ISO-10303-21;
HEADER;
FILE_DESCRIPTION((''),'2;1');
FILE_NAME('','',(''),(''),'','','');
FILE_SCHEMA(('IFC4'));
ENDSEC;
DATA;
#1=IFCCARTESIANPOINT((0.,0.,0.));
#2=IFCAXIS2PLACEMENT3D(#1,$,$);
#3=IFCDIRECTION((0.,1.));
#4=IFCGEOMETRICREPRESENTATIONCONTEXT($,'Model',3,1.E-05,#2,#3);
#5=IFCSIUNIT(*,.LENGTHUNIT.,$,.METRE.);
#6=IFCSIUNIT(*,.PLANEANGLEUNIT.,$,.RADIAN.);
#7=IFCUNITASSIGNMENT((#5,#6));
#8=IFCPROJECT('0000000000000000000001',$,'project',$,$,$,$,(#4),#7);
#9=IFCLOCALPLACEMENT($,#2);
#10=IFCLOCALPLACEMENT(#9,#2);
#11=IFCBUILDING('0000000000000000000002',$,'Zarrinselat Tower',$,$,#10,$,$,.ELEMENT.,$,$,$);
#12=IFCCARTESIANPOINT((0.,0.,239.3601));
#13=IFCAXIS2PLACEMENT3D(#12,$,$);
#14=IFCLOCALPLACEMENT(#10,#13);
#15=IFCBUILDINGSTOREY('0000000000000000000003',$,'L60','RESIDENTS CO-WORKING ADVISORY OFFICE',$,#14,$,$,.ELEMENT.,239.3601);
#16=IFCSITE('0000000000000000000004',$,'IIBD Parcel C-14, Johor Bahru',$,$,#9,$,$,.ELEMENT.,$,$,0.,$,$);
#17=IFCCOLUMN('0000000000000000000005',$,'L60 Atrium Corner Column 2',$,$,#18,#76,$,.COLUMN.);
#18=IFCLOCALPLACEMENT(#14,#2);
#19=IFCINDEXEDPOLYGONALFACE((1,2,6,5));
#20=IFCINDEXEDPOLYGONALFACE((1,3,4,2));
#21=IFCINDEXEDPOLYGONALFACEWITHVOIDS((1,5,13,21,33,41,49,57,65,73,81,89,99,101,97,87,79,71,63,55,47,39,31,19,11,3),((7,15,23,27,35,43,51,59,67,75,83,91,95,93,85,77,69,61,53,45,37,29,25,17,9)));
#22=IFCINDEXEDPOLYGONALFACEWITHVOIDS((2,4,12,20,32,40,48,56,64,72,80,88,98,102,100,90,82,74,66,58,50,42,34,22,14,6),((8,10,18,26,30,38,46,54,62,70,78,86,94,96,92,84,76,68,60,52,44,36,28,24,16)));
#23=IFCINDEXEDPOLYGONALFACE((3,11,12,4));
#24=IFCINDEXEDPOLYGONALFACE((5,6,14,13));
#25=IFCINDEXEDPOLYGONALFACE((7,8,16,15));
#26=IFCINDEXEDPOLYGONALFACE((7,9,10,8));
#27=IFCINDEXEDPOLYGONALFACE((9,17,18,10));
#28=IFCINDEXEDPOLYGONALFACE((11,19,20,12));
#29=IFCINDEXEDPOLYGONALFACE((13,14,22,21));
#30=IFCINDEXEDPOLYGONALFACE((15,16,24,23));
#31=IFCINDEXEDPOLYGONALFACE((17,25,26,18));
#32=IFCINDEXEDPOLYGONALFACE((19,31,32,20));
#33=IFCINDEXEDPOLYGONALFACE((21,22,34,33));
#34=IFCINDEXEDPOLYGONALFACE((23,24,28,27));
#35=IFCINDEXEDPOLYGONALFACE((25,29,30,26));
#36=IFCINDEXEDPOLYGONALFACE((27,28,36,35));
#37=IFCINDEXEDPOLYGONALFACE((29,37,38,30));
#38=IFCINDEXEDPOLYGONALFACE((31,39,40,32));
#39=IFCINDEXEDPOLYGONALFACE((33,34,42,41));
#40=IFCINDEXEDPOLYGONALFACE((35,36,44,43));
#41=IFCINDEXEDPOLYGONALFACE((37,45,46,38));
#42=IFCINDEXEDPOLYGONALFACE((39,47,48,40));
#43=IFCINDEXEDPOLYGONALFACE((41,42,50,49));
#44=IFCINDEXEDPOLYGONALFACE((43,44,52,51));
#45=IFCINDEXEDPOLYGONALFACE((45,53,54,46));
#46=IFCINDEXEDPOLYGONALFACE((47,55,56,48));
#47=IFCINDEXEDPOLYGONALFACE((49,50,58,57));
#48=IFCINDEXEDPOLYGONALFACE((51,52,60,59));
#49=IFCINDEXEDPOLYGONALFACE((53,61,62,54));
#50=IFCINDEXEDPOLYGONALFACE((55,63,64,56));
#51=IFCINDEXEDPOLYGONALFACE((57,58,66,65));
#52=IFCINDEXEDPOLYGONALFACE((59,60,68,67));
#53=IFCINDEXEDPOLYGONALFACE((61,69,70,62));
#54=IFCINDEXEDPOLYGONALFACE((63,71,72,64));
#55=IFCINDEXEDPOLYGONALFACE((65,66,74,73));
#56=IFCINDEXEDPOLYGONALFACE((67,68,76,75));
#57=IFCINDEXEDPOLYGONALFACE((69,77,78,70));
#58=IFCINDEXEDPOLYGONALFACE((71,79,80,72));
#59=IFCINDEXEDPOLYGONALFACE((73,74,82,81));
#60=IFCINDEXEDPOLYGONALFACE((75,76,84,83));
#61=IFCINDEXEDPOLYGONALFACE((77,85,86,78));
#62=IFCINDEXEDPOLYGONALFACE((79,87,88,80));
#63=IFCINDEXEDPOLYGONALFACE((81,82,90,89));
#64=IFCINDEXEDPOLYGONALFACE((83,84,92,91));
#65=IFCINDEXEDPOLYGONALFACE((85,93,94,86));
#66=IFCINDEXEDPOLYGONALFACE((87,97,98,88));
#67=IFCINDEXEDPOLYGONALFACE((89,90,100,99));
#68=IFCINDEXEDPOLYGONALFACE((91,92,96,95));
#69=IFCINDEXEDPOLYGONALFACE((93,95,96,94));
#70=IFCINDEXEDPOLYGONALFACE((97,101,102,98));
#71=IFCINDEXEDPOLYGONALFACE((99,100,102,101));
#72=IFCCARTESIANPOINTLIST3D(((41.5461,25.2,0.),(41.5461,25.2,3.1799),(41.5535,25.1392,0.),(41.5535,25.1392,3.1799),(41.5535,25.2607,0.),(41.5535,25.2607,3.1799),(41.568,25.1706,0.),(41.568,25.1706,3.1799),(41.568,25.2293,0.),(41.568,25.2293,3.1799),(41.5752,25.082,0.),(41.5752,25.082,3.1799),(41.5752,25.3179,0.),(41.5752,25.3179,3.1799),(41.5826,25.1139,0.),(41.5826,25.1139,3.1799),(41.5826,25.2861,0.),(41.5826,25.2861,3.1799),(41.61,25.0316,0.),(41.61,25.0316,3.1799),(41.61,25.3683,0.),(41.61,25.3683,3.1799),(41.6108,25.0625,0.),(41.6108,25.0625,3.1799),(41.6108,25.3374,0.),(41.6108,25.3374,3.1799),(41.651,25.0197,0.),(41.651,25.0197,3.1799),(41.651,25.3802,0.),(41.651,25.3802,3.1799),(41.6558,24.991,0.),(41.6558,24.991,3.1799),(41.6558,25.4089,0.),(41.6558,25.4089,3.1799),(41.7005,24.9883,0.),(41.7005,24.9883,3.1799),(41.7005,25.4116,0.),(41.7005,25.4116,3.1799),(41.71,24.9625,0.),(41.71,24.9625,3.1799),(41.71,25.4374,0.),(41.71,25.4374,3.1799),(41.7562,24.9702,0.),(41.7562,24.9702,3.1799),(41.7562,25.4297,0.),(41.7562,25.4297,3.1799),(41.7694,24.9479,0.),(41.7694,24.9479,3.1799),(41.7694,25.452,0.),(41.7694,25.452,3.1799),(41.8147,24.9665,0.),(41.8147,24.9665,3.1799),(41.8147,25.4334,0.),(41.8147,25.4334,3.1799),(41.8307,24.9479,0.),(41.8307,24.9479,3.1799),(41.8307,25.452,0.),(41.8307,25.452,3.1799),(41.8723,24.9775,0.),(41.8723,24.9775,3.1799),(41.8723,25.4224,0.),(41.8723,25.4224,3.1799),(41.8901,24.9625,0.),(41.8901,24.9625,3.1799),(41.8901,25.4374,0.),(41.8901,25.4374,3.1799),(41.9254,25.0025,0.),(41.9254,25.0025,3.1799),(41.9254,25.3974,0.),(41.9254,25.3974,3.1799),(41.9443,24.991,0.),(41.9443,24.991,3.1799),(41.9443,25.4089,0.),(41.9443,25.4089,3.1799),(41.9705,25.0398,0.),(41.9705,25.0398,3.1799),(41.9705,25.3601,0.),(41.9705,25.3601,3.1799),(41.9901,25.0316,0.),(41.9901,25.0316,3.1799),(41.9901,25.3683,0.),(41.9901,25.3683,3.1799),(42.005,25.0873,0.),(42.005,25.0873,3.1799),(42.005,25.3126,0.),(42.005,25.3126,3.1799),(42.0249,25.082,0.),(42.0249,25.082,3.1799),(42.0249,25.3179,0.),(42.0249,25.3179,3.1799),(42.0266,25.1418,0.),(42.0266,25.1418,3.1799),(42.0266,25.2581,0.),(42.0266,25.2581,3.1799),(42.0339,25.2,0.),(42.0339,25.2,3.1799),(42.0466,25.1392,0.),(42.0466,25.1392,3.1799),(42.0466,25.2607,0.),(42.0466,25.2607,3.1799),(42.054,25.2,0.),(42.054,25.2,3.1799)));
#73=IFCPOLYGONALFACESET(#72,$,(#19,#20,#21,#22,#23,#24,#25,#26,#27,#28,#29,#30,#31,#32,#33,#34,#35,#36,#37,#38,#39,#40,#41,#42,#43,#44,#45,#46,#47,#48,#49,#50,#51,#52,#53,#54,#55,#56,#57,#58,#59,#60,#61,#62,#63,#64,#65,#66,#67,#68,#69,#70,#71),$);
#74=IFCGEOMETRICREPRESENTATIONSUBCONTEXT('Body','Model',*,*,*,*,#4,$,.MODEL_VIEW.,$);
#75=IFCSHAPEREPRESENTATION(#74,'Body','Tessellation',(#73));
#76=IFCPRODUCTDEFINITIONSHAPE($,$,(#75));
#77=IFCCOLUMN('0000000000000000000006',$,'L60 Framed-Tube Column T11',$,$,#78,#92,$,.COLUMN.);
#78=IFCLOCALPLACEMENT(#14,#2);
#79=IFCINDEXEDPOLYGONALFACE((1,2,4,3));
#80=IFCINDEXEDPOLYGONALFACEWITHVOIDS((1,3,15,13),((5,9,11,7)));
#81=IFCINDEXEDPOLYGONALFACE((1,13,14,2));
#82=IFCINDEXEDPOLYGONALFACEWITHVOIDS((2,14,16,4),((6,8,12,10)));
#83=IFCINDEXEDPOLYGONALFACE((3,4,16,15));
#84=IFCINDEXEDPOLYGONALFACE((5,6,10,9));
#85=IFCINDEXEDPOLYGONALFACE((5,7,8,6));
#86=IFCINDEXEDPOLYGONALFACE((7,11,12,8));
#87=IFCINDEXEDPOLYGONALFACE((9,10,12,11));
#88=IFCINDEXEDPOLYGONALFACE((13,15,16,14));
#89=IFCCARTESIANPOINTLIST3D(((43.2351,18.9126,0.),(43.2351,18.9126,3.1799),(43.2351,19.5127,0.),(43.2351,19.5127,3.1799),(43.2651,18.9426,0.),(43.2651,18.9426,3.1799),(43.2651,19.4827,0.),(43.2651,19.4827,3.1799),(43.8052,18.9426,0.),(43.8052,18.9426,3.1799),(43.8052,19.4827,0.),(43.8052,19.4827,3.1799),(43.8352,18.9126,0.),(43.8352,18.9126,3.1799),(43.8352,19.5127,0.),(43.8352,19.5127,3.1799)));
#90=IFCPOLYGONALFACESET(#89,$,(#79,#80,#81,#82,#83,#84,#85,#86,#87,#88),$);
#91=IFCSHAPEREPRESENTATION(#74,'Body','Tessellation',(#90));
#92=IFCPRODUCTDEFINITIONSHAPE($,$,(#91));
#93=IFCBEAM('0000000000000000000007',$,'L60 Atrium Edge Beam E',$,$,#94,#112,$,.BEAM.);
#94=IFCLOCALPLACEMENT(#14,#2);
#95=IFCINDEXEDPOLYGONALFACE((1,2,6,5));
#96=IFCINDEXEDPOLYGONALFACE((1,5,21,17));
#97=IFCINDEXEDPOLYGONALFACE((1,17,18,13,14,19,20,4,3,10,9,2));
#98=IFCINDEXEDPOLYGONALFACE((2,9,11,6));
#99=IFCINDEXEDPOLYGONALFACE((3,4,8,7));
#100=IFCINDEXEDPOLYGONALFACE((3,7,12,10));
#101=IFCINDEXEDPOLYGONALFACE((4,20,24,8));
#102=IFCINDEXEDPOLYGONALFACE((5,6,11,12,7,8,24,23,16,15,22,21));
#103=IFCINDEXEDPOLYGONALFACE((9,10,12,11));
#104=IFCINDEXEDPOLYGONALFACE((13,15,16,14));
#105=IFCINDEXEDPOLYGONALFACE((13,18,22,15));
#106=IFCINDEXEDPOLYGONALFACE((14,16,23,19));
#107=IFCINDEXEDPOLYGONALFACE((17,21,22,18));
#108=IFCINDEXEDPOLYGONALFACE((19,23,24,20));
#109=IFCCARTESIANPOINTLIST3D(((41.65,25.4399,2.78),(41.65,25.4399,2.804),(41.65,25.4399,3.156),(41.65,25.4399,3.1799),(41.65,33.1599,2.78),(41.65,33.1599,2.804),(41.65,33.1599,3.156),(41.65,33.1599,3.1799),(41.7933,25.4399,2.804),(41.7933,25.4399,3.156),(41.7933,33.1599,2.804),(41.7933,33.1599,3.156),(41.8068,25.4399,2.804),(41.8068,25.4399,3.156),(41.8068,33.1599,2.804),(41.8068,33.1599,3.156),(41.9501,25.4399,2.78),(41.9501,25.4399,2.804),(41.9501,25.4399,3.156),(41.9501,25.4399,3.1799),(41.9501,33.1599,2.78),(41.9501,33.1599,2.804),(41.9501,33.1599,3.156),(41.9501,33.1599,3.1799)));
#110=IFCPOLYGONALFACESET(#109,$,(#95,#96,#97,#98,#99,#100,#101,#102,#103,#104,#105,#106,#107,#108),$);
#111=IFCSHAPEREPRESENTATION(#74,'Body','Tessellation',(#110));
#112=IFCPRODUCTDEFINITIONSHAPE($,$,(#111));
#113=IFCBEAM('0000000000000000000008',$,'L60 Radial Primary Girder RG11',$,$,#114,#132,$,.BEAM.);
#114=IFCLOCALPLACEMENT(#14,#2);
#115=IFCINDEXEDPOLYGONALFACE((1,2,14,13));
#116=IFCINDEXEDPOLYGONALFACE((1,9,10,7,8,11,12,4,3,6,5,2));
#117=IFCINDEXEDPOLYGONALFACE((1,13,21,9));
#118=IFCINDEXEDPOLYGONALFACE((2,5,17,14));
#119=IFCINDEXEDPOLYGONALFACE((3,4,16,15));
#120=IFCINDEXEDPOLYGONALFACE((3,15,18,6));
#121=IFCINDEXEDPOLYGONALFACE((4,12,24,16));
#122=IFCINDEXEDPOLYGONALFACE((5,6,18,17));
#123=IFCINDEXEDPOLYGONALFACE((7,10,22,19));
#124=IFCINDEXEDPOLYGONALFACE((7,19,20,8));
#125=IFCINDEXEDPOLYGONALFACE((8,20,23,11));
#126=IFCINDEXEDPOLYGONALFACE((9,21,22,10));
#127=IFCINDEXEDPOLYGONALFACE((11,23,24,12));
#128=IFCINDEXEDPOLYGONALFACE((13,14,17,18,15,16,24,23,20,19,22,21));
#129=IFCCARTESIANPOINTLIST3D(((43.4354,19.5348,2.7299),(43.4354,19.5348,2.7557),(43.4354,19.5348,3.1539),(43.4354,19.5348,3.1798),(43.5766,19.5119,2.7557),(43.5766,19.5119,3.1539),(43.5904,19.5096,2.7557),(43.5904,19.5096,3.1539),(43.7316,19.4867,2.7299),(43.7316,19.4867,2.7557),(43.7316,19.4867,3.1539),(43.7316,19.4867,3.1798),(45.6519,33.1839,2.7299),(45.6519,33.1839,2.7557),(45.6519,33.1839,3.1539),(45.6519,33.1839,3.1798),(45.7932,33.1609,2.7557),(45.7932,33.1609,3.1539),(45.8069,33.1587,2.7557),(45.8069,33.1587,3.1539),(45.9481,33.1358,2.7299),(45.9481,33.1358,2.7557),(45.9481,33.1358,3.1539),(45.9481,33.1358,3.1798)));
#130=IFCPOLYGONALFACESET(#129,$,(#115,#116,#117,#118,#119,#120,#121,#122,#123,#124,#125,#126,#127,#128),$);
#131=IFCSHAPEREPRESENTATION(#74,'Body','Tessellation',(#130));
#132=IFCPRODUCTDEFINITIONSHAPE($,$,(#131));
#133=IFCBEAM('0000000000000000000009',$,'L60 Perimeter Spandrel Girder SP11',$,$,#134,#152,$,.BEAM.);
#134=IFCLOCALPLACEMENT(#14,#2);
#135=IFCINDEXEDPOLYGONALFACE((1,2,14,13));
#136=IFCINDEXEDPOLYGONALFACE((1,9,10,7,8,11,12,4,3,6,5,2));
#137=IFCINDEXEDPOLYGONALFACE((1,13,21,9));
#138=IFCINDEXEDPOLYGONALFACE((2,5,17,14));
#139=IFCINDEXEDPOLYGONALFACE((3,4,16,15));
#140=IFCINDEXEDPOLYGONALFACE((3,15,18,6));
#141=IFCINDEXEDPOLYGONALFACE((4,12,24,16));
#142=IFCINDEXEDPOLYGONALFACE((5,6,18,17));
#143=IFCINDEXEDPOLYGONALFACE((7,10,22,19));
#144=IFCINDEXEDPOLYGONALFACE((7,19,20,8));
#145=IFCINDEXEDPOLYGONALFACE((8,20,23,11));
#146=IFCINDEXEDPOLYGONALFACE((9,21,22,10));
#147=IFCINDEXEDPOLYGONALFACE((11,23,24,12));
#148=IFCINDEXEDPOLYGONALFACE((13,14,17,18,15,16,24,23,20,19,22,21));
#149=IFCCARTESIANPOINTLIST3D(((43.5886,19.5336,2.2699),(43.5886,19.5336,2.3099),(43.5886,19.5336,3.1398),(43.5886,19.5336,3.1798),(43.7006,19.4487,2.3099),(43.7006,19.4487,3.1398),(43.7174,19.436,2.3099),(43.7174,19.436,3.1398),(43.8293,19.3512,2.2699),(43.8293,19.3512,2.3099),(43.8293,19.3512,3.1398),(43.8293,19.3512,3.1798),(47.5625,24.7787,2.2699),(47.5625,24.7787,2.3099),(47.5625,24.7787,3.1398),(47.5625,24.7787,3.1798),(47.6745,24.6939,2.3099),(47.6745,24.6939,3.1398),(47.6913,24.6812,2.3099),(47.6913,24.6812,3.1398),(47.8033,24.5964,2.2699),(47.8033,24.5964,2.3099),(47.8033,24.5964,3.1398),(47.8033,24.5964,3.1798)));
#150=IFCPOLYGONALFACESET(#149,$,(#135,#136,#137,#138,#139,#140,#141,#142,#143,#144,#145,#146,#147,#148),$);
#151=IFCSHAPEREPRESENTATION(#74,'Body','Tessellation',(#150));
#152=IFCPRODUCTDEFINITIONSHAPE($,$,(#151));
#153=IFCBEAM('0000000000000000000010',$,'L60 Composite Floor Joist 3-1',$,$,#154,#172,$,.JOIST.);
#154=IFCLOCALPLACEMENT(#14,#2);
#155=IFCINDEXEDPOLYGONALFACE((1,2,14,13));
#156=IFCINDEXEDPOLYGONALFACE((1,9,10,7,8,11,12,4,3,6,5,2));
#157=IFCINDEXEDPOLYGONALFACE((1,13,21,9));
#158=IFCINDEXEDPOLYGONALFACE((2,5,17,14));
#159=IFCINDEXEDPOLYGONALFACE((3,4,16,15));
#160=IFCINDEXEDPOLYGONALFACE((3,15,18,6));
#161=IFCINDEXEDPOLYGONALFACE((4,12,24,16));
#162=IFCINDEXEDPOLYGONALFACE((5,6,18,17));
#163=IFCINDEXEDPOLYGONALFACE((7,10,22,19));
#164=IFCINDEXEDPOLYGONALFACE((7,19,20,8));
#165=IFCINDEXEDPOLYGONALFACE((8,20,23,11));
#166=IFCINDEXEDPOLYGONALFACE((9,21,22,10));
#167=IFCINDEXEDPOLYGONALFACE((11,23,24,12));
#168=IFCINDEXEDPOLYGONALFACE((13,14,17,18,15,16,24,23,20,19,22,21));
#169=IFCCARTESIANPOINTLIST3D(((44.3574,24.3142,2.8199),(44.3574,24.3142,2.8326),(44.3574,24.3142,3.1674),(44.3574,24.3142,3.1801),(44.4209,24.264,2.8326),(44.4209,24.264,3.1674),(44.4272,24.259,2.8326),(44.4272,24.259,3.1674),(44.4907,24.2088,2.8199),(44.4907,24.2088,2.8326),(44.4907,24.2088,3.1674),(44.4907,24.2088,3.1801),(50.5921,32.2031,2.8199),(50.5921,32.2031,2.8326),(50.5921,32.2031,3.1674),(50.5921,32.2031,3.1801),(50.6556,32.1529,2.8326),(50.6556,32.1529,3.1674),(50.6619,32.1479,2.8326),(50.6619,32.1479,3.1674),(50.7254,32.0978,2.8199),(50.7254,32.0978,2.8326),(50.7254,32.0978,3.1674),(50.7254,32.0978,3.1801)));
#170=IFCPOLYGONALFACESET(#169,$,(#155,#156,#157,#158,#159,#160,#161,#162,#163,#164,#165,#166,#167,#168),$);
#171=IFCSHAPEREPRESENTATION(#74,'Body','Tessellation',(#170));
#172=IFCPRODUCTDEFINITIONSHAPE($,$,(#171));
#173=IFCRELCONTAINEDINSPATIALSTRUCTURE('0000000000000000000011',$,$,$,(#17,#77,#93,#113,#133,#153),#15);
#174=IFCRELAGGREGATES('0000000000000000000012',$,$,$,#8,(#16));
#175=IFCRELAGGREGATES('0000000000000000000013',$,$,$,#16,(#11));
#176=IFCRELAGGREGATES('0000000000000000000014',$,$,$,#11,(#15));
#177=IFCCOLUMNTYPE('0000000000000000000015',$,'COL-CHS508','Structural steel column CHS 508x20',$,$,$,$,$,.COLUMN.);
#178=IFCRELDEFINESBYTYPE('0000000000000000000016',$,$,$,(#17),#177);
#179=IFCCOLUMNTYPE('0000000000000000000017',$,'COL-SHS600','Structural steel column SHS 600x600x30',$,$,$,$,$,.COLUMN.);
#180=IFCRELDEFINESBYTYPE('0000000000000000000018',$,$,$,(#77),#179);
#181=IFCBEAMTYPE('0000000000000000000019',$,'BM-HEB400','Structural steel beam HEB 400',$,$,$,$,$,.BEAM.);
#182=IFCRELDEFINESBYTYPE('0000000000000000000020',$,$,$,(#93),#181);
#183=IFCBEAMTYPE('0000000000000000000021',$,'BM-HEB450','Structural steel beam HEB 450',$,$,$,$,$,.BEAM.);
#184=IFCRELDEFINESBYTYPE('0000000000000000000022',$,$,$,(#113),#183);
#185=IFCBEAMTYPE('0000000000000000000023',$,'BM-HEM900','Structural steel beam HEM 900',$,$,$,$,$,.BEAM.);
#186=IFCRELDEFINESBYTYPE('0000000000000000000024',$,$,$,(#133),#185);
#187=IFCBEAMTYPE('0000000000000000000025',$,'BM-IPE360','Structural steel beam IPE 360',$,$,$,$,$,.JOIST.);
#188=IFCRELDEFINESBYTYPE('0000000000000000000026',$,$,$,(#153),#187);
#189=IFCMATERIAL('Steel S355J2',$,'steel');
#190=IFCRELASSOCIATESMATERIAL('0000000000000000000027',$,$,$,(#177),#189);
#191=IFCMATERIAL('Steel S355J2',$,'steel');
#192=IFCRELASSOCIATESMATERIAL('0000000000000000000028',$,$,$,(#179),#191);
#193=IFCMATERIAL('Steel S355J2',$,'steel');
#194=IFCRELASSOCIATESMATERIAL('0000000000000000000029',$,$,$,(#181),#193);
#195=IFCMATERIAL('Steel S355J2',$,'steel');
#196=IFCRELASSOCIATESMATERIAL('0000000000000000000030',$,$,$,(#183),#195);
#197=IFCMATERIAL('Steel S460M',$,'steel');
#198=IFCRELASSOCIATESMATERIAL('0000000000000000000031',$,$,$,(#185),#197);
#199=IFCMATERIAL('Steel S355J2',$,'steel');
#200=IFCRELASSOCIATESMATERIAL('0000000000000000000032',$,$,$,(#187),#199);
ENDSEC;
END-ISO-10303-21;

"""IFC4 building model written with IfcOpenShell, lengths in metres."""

from ifc_helpers import new_model, si_unit, direction, frame, origin, origin_2d, place, context, subcontext, project, spatial, hollow_rectangle, hollow_circle, i_section, extrude, material, material_profile, profile_set, type_object, element, save


model = new_model("IFC4")

# Units and contexts
model_context = context("Model", 3, precision=1e-05, world=origin(), true_north=direction((0.0, 1.0)))
body_context = subcontext(model_context, "Body", "Model", "MODEL_VIEW")
ifc_project = project(units=[si_unit("LENGTHUNIT", "METRE"), si_unit("PLANEANGLEUNIT", "RADIAN")], contexts=[model_context])

# Site, building, storey
site_placement = place(None, origin())
site = spatial("IfcSite", under=ifc_project, at=site_placement, Name="IIBD Parcel C-14, Johor Bahru", CompositionType="ELEMENT", RefElevation=0.0)
building_placement = place(site_placement, origin())
building = spatial("IfcBuilding", under=site, at=building_placement, Name="Zarrinselat Tower", CompositionType="ELEMENT")
storey_placement = place(building_placement, frame((0.0, 0.0, 239.3601)))
storey = spatial("IfcBuildingStorey", under=building, at=storey_placement, Name="L60", Description="RESIDENTS CO-WORKING ADVISORY OFFICE", CompositionType="ELEMENT", Elevation=239.3601)

# Columns
ifc_material_1 = material(Name="Steel S355J2", Category="steel")
ifc_material_profile_1 = material_profile(ifc_material_1, hollow_circle(Radius=0.2539, WallThickness=0.02, at=origin_2d()), Name="CHS 508x20")
ifc_profile_set_1 = profile_set([ifc_material_profile_1], Name="Steel S355J2")
column_type_1 = type_object("IfcColumnType", Name="COL-CHS508", Description="Structural steel column CHS 508x20", PredefinedType="COLUMN", material=ifc_profile_set_1)
column_1_placement = place(storey_placement, frame((41.8, 25.2, 0.0), z_axis=(0.0, 0.0, 1.0), x_axis=(1.0, 0.0, 0.0)))
element("IfcColumn", 1, at=column_1_placement, inside=storey, type_object=column_type_1, Name="L60 Atrium Corner Column 2", PredefinedType="COLUMN", context=body_context, shape_type="SweptSolid", body=[
    extrude(hollow_circle(Radius=0.2539, WallThickness=0.02, at=origin_2d()), origin(), (0.0, 0.0, 1.0), 3.1799),
])
ifc_material_2 = material(Name="Steel S355J2", Category="steel")
ifc_material_profile_2 = material_profile(ifc_material_2, hollow_rectangle(XDim=0.6001, YDim=0.6001, WallThickness=0.03, at=origin_2d()), Name="SHS 600x600x30")
ifc_profile_set_2 = profile_set([ifc_material_profile_2], Name="Steel S355J2")
column_type_2 = type_object("IfcColumnType", Name="COL-SHS600", Description="Structural steel column SHS 600x600x30", PredefinedType="COLUMN", material=ifc_profile_set_2)
column_2_placement = place(storey_placement, frame((43.5352, 19.2126, 0.0), z_axis=(0.0, 0.0, 1.0), x_axis=(1.0, 0.0, 0.0)))
element("IfcColumn", 2, at=column_2_placement, inside=storey, type_object=column_type_2, Name="L60 Framed-Tube Column T11", PredefinedType="COLUMN", context=body_context, shape_type="SweptSolid", body=[
    extrude(hollow_rectangle(XDim=0.6001, YDim=0.6001, WallThickness=0.03, at=origin_2d()), origin(), (0.0, 0.0, 1.0), 3.1799),
])

# Beams
ifc_material_3 = material(Name="Steel S355J2", Category="steel")
ifc_material_profile_3 = material_profile(ifc_material_3, i_section(OverallWidth=0.3, OverallDepth=0.3999, WebThickness=0.0134, FlangeThickness=0.0239, at=origin_2d()), Name="HEB 400")
ifc_profile_set_3 = profile_set([ifc_material_profile_3], Name="Steel S355J2")
beam_type_1 = type_object("IfcBeamType", Name="BM-HEB400", Description="Structural steel beam HEB 400", PredefinedType="BEAM", material=ifc_profile_set_3)
beam_1_placement = place(storey_placement, frame((41.8, 25.4399, 2.98), z_axis=(0.0, 1.0, 0.0), x_axis=(-1.0, 0.0, 0.0)))
element("IfcBeam", 3, at=beam_1_placement, inside=storey, type_object=beam_type_1, Name="L60 Atrium Edge Beam E", PredefinedType="BEAM", context=body_context, shape_type="SweptSolid", body=[
    extrude(i_section(OverallWidth=0.3, OverallDepth=0.3999, WebThickness=0.0134, FlangeThickness=0.0239, at=origin_2d()), origin(), (0.0, 0.0, 1.0), 7.72),
])
ifc_material_4 = material(Name="Steel S355J2", Category="steel")
ifc_material_profile_4 = material_profile(ifc_material_4, i_section(OverallWidth=0.3, OverallDepth=0.45, WebThickness=0.0139, FlangeThickness=0.0259, at=origin_2d()), Name="HEB 450")
ifc_profile_set_4 = profile_set([ifc_material_profile_4], Name="Steel S355J2")
beam_type_2 = type_object("IfcBeamType", Name="BM-HEB450", Description="Structural steel beam HEB 450", PredefinedType="BEAM", material=ifc_profile_set_4)
beam_2_placement = place(storey_placement, frame((43.5835, 19.5107, 2.9548), z_axis=(0.160295, 0.987069, 0.0), x_axis=(-0.987069, 0.160295, 0.0)))
element("IfcBeam", 4, at=beam_2_placement, inside=storey, type_object=beam_type_2, Name="L60 Radial Primary Girder RG11", PredefinedType="BEAM", context=body_context, shape_type="SweptSolid", body=[
    extrude(i_section(OverallWidth=0.3, OverallDepth=0.45, WebThickness=0.0139, FlangeThickness=0.0259, at=origin_2d()), origin(), (0.0, 0.0, 1.0), 13.8279),
])
ifc_material_5 = material(Name="Steel S460M", Category="steel")
ifc_material_profile_5 = material_profile(ifc_material_5, i_section(OverallWidth=0.302, OverallDepth=0.9099, WebThickness=0.021, FlangeThickness=0.04, at=origin_2d()), Name="HEM 900")
ifc_profile_set_5 = profile_set([ifc_material_profile_5], Name="Steel S460M")
beam_type_3 = type_object("IfcBeamType", Name="BM-HEM900", Description="Structural steel beam HEM 900", PredefinedType="BEAM", material=ifc_profile_set_5)
beam_3_placement = place(storey_placement, frame((43.709, 19.4424, 2.7249), z_axis=(0.603887, 0.79707, 0.0), x_axis=(-0.79707, 0.603887, 0.0)))
element("IfcBeam", 5, at=beam_3_placement, inside=storey, type_object=beam_type_3, Name="L60 Perimeter Spandrel Girder SP11", PredefinedType="BEAM", context=body_context, shape_type="SweptSolid", body=[
    extrude(i_section(OverallWidth=0.302, OverallDepth=0.9099, WebThickness=0.021, FlangeThickness=0.04, at=origin_2d()), origin(), (0.0, 0.0, 1.0), 6.5806),
])
ifc_material_6 = material(Name="Steel S355J2", Category="steel")
ifc_material_profile_6 = material_profile(ifc_material_6, i_section(OverallWidth=0.1699, OverallDepth=0.3601, WebThickness=0.0081, FlangeThickness=0.0127, at=origin_2d()), Name="IPE 360")
ifc_profile_set_6 = profile_set([ifc_material_profile_6], Name="Steel S355J2")
beam_type_4 = type_object("IfcBeamType", Name="BM-IPE360", Description="Structural steel beam IPE 360", PredefinedType="JOIST", material=ifc_profile_set_6)
beam_4_placement = place(storey_placement, frame((44.4241, 24.2615, 3.0), z_axis=(0.620044, 0.784567, 0.0), x_axis=(-0.784567, 0.620044, 0.0)))
element("IfcBeam", 6, at=beam_4_placement, inside=storey, type_object=beam_type_4, Name="L60 Composite Floor Joist 3-1", PredefinedType="JOIST", context=body_context, shape_type="SweptSolid", body=[
    extrude(i_section(OverallWidth=0.1699, OverallDepth=0.3601, WebThickness=0.0081, FlangeThickness=0.0127, at=origin_2d()), origin(), (0.0, 0.0, 1.0), 10.0552),
])

save(model, "model.ifc")
